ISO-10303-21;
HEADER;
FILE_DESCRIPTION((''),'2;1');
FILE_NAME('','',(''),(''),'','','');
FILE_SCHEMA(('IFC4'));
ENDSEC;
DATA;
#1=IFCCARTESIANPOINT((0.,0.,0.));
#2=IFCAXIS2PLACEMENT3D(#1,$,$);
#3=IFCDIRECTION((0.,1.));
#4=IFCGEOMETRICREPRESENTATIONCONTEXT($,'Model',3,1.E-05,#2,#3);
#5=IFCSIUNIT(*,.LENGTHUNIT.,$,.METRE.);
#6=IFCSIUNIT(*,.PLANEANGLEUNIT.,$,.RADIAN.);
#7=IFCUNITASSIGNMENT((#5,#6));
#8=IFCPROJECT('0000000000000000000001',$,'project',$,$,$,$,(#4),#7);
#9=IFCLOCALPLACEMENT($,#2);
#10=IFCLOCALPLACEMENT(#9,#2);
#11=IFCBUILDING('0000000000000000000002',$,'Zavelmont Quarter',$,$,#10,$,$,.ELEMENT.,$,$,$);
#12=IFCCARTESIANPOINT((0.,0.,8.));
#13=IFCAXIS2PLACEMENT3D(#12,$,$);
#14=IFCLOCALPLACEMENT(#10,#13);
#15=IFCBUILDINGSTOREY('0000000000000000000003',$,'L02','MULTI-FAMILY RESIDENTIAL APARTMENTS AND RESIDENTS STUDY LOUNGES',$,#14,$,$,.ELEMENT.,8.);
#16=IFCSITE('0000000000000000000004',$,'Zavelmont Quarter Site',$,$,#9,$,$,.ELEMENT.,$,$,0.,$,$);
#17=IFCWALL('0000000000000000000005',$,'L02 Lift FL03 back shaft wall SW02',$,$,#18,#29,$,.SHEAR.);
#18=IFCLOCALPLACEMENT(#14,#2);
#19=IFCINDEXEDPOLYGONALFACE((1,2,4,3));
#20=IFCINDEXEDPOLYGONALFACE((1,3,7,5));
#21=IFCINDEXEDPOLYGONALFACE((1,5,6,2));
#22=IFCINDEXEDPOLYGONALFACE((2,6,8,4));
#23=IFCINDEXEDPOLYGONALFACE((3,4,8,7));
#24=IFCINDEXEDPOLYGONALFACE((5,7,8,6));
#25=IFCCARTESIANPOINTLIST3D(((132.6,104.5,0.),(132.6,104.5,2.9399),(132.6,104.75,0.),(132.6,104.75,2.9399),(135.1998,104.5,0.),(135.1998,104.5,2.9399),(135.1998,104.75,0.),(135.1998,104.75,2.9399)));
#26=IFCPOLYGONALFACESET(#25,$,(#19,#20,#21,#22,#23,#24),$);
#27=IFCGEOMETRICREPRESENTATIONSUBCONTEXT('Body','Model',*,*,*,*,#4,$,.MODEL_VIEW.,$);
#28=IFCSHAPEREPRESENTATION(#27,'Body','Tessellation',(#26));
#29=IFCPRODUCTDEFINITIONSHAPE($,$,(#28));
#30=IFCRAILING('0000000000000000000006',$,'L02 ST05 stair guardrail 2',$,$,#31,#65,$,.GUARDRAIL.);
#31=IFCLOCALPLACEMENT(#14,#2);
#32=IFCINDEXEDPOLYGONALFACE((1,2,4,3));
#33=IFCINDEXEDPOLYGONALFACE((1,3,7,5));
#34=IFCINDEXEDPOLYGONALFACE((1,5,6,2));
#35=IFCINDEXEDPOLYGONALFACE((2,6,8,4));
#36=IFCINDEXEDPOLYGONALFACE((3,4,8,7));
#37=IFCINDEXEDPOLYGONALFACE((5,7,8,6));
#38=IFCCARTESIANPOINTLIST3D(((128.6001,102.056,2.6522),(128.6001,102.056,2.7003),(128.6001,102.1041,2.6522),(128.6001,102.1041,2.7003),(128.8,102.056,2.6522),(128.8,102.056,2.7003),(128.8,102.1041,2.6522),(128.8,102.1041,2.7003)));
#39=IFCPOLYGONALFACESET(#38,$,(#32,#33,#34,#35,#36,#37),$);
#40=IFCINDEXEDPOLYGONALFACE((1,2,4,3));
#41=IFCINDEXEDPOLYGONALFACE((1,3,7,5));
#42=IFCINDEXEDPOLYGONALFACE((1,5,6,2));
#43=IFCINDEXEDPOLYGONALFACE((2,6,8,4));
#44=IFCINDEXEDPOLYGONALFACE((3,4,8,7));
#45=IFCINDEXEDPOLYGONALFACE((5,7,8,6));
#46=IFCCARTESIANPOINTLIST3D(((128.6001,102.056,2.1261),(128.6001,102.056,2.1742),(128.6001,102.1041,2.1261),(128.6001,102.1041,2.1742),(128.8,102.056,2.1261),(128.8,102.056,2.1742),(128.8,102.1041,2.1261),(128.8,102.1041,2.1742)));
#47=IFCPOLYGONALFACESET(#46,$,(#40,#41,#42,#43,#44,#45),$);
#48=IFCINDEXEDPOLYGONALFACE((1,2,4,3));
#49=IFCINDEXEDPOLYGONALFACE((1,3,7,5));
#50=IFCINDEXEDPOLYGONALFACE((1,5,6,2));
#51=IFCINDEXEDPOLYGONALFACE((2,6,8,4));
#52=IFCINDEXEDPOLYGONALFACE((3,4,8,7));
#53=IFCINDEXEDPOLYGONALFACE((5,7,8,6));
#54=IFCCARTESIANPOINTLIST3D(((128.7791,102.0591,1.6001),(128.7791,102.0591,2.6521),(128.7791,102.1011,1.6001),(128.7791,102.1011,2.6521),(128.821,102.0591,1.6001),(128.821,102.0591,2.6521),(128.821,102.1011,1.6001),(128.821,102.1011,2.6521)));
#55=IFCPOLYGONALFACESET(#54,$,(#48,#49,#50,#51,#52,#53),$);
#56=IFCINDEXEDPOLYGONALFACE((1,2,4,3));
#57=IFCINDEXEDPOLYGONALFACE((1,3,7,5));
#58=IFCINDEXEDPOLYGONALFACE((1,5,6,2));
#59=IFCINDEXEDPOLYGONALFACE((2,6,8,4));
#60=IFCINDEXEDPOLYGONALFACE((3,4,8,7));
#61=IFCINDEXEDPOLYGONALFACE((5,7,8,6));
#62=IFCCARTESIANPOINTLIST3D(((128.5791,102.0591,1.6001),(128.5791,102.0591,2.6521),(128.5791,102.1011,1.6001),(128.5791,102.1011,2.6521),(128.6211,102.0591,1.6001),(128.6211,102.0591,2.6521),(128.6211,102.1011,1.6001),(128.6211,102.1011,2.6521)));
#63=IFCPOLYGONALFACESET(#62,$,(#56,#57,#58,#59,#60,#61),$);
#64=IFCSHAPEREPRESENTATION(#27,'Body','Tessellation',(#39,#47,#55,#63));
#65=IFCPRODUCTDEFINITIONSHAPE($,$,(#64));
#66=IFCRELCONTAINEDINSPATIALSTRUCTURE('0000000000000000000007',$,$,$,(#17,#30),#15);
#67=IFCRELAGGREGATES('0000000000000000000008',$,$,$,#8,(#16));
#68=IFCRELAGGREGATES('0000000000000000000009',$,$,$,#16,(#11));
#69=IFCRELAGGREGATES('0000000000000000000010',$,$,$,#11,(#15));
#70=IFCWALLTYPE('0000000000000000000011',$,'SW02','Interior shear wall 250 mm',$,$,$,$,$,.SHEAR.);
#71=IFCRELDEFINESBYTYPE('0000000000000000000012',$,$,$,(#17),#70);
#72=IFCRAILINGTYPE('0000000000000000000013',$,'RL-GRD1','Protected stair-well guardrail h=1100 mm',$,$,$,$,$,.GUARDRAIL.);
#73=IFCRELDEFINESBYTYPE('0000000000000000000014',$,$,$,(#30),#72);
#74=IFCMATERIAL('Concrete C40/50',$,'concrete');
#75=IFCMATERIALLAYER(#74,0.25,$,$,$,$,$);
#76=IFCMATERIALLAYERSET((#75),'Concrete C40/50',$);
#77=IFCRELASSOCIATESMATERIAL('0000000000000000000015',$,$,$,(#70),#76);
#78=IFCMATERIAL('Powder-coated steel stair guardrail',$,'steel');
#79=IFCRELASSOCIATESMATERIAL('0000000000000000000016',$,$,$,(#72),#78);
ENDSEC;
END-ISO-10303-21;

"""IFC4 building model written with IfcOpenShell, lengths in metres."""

from ifc_helpers import new_model, si_unit, direction, frame, frame_2d, origin, origin_2d, place, context, subcontext, project, spatial, rectangle, extrude, material, layer, layer_set, type_object, element, save


model = new_model("IFC4")

# Units and contexts
model_context = context("Model", 3, precision=1e-05, world=origin(), true_north=direction((0.0, 1.0)))
body_context = subcontext(model_context, "Body", "Model", "MODEL_VIEW")
ifc_project = project(units=[si_unit("LENGTHUNIT", "METRE"), si_unit("PLANEANGLEUNIT", "RADIAN")], contexts=[model_context])

# Site, building, storey
site_placement = place(None, origin())
site = spatial("IfcSite", under=ifc_project, at=site_placement, Name="Zavelmont Quarter Site", CompositionType="ELEMENT", RefElevation=0.0)
building_placement = place(site_placement, origin())
building = spatial("IfcBuilding", under=site, at=building_placement, Name="Zavelmont Quarter", CompositionType="ELEMENT")
storey_placement = place(building_placement, frame((0.0, 0.0, 8.0)))
storey = spatial("IfcBuildingStorey", under=building, at=storey_placement, Name="L02", Description="MULTI-FAMILY RESIDENTIAL APARTMENTS AND RESIDENTS STUDY LOUNGES", CompositionType="ELEMENT", Elevation=8.0)

# Shared definitions
ifc_material_1 = material(Name="Concrete C40/50", Category="concrete")

# Wall
ifc_layer_1 = layer(ifc_material_1, 0.25)
ifc_layer_set_1 = layer_set([ifc_layer_1], Name="Concrete C40/50")
wall_type_1 = type_object("IfcWallType", Name="SW02", Description="Interior shear wall 250 mm", PredefinedType="SHEAR", material=ifc_layer_set_1)
wall_1_placement = place(storey_placement, frame((132.6001, 104.625, 0.0), z_axis=(0.0, 0.0, 1.0), x_axis=(1.0, 0.0, 0.0)))
element("IfcWall", 1, at=wall_1_placement, inside=storey, type_object=wall_type_1, Name="L02 Lift FL03 back shaft wall SW02", PredefinedType="SHEAR", context=body_context, shape_type="SweptSolid", body=[
    extrude(rectangle(XDim=2.5999, YDim=0.25, at=frame_2d((1.2998, 0.0))), origin(), (0.0, 0.0, 1.0), 2.9399),
])

# Railing
ifc_material_2 = material(Name="Powder-coated steel stair guardrail", Category="steel")
railing_type = type_object("IfcRailingType", Name="RL-GRD1", Description="Protected stair-well guardrail h=1100 mm", PredefinedType="GUARDRAIL", material=ifc_material_2)
railing_placement = place(storey_placement, frame((128.8, 102.0801, 1.6001)))
element("IfcRailing", 2, at=railing_placement, inside=storey, type_object=railing_type, Name="L02 ST05 stair guardrail 2", PredefinedType="GUARDRAIL", context=body_context, shape_type="SweptSolid", body=[
    extrude(rectangle(XDim=0.0481, YDim=0.0481, at=origin_2d()), frame((0.0, 0.0, 1.0762), z_axis=(-1.0, 0.0, 0.0), x_axis=(0.0, -1.0, 0.0)), (0.0, 0.0, 1.0), 0.2),
    extrude(rectangle(XDim=0.0481, YDim=0.0481, at=origin_2d()), frame((0.0, 0.0, 0.55), z_axis=(-1.0, 0.0, 0.0), x_axis=(0.0, -1.0, 0.0)), (0.0, 0.0, 1.0), 0.2),
    extrude(rectangle(XDim=0.042, YDim=0.042, at=origin_2d()), origin(), (0.0, 0.0, 1.0), 1.052),
    extrude(rectangle(XDim=0.042, YDim=0.042, at=origin_2d()), frame((-0.2, 0.0, 0.0)), (0.0, 0.0, 1.0), 1.052),
])

save(model, "model.ifc")
